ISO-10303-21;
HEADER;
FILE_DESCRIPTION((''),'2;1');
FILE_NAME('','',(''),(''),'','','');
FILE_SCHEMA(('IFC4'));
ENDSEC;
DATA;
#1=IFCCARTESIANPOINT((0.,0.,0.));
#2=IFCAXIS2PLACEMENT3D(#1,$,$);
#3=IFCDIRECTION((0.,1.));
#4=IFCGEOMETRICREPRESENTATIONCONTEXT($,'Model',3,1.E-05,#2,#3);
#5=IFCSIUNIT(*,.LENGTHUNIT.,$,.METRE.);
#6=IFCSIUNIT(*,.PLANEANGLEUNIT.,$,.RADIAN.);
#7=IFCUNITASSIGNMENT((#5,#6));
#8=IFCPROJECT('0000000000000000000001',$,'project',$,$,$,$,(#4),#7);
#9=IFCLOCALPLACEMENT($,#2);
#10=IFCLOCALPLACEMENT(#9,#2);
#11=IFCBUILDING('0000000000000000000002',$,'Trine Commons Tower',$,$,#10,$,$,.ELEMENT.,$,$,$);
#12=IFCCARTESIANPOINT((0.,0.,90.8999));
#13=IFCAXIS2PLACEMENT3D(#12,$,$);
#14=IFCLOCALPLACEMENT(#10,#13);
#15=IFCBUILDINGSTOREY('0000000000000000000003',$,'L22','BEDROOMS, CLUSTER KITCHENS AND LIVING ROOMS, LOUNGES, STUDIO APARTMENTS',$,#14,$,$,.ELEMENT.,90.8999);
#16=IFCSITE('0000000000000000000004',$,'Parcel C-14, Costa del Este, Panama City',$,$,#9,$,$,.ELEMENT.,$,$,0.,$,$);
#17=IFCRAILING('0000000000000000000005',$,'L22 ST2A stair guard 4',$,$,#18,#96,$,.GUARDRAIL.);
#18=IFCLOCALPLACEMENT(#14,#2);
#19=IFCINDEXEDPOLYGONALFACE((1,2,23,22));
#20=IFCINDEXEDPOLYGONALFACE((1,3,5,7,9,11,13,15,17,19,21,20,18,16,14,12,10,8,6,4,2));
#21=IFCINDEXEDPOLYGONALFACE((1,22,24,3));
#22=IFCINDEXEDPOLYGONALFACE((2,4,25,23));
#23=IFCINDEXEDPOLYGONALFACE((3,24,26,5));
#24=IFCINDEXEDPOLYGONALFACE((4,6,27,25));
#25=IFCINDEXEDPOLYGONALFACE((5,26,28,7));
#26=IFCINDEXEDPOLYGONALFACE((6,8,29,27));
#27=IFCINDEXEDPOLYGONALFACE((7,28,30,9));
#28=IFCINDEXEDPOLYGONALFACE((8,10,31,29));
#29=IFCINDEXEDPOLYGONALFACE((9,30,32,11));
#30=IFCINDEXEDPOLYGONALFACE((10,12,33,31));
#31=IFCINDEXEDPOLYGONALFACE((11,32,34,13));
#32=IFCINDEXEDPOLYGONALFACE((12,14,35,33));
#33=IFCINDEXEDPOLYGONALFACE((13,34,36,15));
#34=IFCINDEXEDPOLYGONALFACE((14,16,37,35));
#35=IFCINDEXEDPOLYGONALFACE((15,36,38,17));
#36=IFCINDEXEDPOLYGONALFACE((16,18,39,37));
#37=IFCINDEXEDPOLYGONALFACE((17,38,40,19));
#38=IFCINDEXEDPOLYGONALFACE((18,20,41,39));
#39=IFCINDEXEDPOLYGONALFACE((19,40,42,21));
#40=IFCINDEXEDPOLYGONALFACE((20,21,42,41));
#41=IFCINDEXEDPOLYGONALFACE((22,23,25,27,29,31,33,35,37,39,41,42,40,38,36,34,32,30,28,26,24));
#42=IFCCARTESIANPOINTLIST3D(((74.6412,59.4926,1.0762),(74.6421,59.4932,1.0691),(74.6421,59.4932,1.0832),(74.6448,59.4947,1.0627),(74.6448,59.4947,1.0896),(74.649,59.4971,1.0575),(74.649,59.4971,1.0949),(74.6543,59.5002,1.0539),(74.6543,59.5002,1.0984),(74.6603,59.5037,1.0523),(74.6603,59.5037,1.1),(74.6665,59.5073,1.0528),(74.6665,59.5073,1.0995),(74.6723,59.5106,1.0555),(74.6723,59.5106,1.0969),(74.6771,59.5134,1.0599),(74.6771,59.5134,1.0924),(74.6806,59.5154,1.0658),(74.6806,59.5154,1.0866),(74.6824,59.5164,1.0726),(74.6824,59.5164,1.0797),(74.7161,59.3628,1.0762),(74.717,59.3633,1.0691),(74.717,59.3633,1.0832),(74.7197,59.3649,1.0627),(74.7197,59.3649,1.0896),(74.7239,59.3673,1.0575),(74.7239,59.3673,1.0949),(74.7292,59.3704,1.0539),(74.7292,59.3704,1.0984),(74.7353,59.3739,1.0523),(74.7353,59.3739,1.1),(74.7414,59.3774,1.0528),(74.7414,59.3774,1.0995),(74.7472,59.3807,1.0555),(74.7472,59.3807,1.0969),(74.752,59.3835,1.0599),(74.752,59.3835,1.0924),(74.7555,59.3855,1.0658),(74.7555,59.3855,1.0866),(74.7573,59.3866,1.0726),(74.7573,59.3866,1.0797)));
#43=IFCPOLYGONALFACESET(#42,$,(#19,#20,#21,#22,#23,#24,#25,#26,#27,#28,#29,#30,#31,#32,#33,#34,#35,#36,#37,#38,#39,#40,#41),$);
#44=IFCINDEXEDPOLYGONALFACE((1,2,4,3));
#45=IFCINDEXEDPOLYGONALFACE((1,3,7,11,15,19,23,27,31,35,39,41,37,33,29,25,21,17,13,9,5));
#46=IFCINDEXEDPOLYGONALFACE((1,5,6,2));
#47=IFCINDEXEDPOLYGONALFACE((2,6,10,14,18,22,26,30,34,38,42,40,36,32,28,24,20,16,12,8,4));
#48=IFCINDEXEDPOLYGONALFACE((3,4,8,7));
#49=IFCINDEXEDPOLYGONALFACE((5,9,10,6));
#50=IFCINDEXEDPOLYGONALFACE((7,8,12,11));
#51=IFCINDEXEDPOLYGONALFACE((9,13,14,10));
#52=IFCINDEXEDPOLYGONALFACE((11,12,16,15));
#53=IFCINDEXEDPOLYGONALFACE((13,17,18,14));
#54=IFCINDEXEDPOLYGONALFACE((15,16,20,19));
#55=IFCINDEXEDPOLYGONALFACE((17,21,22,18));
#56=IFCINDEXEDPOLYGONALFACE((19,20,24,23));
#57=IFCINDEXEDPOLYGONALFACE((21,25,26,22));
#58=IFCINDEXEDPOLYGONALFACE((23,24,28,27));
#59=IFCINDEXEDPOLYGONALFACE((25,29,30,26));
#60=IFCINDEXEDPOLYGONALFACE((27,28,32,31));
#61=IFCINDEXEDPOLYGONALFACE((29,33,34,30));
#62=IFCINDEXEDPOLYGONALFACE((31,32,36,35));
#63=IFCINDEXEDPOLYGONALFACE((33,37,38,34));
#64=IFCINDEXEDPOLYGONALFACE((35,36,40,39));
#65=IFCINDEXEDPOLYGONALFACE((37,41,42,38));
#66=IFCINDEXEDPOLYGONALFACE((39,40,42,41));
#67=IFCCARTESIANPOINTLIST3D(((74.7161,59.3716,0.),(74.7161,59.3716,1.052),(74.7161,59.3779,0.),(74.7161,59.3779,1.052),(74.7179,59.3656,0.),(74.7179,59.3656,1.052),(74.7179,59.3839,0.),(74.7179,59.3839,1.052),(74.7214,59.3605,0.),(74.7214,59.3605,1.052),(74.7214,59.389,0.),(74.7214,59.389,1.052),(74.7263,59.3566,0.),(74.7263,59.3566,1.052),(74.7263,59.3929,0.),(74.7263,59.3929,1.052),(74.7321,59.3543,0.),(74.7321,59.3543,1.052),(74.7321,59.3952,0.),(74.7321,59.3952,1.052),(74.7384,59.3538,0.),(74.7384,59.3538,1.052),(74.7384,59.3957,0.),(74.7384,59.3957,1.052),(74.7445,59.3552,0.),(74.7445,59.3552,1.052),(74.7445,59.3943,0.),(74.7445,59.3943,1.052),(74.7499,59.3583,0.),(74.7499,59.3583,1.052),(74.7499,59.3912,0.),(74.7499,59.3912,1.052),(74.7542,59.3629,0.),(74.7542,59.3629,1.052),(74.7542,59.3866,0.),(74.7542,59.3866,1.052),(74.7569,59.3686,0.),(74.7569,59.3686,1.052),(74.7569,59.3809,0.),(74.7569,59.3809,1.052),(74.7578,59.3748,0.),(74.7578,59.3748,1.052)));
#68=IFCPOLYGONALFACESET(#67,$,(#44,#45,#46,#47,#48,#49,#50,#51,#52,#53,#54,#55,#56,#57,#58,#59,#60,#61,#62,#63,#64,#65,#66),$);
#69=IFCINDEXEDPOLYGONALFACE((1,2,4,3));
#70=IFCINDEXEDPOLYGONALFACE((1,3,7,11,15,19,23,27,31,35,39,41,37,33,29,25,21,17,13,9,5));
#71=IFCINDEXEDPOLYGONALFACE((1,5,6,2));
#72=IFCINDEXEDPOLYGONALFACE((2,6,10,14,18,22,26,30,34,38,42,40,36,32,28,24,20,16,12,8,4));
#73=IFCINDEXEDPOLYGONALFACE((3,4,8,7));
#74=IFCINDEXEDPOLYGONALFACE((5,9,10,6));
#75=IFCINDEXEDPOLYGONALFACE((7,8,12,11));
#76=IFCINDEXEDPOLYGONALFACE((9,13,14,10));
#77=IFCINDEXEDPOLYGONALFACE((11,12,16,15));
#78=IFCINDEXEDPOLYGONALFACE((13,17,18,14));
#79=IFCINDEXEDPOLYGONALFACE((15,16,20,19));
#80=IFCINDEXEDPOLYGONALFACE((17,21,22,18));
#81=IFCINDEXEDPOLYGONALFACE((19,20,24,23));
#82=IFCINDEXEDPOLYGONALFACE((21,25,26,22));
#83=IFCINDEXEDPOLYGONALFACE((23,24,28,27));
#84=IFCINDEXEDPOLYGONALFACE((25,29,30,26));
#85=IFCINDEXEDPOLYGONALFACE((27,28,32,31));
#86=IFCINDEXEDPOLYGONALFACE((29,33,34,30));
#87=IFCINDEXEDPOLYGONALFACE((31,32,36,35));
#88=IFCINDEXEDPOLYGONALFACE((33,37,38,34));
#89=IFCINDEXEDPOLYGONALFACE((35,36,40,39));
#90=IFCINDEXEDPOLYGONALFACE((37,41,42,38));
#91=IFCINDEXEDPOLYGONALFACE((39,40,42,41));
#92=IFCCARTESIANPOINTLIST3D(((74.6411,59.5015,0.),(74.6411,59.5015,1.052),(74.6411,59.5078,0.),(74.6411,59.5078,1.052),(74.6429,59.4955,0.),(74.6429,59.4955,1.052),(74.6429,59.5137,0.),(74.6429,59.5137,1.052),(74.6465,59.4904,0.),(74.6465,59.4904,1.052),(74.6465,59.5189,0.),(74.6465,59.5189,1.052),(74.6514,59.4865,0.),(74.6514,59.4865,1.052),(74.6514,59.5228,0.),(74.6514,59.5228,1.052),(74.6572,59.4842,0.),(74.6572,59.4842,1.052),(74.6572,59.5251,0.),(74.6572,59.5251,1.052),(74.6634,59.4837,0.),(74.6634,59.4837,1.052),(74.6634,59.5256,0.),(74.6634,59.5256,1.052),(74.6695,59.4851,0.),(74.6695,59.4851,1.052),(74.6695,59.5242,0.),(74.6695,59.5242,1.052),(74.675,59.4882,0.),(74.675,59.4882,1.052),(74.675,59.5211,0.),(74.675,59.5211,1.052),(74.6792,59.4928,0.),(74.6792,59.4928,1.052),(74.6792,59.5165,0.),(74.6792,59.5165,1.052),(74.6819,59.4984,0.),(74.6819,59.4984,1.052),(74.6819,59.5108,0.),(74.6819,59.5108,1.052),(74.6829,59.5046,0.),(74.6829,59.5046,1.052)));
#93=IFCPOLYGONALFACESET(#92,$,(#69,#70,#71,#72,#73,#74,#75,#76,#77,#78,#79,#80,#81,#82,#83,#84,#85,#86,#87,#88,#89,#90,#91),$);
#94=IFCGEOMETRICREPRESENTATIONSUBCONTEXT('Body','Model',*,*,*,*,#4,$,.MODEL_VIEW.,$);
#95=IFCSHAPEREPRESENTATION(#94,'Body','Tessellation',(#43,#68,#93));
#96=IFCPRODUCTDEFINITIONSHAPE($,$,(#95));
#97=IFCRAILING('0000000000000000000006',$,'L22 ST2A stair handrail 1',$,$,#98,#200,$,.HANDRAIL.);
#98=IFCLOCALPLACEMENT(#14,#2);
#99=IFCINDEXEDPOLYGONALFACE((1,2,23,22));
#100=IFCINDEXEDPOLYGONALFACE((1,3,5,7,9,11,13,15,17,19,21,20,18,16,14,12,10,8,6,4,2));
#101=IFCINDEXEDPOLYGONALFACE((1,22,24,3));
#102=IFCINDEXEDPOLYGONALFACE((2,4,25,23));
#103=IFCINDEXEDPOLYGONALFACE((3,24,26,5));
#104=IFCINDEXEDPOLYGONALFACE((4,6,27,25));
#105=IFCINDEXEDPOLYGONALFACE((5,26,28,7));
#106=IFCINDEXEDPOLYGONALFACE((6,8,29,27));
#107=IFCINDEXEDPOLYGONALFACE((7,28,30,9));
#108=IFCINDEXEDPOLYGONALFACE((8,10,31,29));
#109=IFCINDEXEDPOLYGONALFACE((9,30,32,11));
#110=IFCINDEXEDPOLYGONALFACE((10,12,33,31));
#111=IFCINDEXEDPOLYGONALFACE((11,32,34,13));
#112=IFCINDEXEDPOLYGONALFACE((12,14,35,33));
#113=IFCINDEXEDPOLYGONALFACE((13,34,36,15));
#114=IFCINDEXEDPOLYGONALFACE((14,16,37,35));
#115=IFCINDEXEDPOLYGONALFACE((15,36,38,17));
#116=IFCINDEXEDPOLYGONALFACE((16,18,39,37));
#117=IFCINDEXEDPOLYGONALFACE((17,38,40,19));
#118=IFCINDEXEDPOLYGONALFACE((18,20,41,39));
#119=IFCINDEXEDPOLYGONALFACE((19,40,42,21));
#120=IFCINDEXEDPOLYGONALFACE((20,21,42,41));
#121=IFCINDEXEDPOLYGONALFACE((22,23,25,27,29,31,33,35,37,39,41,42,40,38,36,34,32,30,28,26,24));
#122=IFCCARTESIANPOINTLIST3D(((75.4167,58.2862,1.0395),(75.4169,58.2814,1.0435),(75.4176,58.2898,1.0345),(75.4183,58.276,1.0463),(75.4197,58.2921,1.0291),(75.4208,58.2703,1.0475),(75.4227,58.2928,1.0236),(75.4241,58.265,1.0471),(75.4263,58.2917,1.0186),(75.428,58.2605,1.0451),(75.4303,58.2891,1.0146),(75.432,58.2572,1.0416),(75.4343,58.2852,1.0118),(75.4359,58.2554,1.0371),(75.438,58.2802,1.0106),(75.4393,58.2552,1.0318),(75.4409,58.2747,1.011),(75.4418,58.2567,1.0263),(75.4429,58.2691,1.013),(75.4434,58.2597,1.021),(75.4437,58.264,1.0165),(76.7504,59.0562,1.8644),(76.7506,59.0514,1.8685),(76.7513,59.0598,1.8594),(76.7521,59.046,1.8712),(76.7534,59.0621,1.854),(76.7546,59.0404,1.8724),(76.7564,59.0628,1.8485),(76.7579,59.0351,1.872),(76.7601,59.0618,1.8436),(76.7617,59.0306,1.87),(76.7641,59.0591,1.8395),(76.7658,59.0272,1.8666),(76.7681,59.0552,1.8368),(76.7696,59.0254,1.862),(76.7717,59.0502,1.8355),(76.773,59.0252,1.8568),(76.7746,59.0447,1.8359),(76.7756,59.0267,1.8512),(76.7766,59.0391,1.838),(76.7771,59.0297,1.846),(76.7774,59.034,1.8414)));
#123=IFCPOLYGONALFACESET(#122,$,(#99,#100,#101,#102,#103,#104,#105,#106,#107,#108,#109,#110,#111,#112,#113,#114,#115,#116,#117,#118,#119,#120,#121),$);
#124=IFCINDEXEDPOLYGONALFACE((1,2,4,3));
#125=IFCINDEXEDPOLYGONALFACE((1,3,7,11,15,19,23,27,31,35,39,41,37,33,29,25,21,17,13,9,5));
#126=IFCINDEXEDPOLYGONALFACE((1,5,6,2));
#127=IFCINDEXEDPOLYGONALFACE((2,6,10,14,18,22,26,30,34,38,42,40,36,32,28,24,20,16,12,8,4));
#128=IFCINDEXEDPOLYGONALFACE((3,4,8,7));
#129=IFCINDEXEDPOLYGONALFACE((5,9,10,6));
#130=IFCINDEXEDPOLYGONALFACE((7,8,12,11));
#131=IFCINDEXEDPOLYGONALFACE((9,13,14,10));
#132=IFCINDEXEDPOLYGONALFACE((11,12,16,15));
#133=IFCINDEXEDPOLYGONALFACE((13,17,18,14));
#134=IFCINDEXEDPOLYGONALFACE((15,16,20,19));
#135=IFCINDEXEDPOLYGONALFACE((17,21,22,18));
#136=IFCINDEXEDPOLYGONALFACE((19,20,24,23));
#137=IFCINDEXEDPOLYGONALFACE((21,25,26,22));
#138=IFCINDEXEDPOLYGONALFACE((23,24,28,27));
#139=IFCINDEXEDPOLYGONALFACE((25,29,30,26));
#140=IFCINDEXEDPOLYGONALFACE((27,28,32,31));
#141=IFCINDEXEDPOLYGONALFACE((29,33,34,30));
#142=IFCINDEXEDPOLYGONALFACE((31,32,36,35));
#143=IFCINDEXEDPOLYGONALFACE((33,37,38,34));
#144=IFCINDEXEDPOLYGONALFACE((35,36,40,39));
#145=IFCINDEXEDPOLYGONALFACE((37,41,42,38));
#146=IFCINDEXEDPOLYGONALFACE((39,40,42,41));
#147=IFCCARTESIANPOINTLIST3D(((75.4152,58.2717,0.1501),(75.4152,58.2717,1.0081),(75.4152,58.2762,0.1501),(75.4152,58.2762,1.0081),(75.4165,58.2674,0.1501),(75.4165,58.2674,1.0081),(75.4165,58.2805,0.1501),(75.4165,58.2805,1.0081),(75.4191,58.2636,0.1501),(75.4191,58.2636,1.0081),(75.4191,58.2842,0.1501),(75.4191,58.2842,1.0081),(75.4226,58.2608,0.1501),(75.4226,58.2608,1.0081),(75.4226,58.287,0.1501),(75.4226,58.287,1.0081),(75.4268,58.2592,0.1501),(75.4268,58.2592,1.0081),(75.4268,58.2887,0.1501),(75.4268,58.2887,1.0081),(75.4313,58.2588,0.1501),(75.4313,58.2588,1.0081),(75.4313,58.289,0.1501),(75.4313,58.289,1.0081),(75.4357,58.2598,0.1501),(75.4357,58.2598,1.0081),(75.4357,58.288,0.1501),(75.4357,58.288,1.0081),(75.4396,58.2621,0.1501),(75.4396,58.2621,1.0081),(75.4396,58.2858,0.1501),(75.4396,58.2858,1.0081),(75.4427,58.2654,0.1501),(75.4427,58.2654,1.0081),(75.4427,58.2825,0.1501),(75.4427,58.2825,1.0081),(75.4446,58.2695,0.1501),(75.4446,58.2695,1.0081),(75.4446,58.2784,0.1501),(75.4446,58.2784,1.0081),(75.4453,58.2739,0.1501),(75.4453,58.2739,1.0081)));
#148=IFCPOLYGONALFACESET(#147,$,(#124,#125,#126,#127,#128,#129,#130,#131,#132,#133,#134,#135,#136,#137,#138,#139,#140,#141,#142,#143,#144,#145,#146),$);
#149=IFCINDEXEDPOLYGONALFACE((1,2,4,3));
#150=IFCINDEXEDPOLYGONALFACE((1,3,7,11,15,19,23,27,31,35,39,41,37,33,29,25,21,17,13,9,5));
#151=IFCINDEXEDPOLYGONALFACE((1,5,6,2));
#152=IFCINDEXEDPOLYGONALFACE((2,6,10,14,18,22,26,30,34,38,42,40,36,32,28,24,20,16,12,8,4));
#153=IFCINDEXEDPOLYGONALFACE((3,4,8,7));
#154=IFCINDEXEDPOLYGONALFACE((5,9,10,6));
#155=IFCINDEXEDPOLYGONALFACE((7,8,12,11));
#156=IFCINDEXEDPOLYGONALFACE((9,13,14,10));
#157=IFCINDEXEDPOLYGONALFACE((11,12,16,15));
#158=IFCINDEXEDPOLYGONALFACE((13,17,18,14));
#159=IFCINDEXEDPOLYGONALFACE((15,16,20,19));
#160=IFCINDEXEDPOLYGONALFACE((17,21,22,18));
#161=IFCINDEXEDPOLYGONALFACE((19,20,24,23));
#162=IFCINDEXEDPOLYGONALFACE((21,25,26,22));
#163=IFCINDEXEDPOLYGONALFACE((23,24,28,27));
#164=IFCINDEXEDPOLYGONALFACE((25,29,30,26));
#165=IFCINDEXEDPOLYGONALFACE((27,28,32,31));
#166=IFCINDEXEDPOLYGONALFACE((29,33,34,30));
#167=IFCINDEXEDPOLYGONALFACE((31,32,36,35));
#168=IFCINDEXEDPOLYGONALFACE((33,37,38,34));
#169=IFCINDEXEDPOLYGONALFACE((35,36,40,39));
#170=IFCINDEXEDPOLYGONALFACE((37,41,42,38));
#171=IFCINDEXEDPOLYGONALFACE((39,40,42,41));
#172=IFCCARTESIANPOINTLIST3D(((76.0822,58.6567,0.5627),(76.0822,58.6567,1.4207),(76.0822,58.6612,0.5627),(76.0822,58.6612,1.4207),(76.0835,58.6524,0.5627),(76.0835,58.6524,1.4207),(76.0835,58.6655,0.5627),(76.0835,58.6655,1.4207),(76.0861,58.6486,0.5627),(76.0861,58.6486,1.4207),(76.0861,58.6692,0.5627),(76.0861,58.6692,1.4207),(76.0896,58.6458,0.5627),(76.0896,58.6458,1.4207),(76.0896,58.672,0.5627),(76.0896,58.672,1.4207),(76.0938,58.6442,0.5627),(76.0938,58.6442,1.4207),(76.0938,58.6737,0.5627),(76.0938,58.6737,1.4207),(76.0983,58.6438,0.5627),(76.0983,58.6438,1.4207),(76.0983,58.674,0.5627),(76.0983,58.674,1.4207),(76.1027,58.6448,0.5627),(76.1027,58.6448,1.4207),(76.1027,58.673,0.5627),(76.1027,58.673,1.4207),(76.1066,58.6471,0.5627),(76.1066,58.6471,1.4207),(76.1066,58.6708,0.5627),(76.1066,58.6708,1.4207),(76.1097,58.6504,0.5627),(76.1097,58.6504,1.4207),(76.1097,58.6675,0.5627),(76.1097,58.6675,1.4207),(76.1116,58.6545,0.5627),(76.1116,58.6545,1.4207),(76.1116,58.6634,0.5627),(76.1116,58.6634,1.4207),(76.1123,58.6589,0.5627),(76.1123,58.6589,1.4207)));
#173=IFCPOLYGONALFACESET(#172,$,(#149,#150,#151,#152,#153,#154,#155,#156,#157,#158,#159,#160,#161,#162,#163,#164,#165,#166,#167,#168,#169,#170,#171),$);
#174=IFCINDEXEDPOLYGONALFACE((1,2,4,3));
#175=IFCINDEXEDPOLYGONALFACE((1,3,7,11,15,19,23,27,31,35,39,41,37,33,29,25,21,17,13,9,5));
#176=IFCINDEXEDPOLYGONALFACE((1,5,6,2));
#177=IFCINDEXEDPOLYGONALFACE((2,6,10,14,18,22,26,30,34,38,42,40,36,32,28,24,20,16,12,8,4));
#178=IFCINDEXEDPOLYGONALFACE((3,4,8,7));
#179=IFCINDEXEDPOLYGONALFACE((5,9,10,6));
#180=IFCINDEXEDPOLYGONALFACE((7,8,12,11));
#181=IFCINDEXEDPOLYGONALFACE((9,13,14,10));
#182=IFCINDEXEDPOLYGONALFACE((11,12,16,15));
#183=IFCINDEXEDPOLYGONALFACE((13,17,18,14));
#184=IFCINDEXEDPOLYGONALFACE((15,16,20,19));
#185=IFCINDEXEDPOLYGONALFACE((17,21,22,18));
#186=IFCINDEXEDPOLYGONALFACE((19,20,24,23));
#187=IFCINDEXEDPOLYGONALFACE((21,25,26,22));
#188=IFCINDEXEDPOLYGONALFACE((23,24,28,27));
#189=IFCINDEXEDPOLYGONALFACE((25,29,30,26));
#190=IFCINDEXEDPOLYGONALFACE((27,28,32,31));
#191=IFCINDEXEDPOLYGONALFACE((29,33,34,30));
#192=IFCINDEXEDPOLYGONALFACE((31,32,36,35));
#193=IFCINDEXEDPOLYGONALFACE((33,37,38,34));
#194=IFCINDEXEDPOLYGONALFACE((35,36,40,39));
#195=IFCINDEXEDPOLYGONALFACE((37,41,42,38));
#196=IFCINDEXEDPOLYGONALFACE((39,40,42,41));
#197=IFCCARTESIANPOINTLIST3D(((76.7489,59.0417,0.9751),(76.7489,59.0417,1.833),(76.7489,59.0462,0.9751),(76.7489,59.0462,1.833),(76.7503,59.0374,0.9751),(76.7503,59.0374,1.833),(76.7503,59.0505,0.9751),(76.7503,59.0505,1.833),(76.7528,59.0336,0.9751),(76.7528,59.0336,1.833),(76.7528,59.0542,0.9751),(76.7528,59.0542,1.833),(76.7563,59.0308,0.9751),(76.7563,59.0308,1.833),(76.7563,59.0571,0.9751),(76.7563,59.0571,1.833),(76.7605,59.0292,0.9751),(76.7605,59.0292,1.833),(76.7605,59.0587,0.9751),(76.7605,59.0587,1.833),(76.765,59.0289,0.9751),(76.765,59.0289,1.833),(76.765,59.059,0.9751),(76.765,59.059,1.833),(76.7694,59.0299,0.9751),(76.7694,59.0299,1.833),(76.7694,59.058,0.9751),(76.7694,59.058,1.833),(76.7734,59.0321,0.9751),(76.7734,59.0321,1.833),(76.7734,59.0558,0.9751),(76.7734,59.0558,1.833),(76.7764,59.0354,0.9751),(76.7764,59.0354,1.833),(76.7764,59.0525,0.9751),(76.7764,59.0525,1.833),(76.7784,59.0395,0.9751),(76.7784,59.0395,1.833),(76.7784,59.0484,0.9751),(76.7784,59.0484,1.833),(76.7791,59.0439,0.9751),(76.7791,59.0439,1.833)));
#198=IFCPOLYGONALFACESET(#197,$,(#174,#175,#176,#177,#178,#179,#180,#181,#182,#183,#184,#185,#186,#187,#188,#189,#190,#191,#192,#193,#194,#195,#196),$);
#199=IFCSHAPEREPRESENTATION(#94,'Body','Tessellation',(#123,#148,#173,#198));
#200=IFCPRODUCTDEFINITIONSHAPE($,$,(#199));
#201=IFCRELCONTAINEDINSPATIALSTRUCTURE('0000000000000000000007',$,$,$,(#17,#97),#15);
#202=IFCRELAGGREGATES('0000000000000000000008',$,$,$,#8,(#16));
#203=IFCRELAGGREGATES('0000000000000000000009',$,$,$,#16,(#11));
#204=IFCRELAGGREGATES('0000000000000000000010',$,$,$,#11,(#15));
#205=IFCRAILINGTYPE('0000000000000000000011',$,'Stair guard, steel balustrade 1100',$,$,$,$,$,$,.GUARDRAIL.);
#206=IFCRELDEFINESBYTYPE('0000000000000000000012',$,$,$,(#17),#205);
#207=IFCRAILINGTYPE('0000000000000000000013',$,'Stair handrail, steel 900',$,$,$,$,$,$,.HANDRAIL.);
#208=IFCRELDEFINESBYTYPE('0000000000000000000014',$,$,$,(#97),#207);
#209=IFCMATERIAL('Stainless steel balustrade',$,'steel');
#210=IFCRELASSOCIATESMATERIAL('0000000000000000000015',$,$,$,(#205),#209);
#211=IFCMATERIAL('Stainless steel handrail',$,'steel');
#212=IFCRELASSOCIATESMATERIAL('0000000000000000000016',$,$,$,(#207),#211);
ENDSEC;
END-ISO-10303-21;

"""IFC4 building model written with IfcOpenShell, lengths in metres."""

from ifc_helpers import new_model, si_unit, direction, frame, origin, origin_2d, place, context, subcontext, project, spatial, circle, extrude, material, type_object, element, save


model = new_model("IFC4")

# Units and contexts
model_context = context("Model", 3, precision=1e-05, world=origin(), true_north=direction((0.0, 1.0)))
body_context = subcontext(model_context, "Body", "Model", "MODEL_VIEW")
ifc_project = project(units=[si_unit("LENGTHUNIT", "METRE"), si_unit("PLANEANGLEUNIT", "RADIAN")], contexts=[model_context])

# Site, building, storey
site_placement = place(None, origin())
site = spatial("IfcSite", under=ifc_project, at=site_placement, Name="Parcel C-14, Costa del Este, Panama City", CompositionType="ELEMENT", RefElevation=0.0)
building_placement = place(site_placement, origin())
building = spatial("IfcBuilding", under=site, at=building_placement, Name="Trine Commons Tower", CompositionType="ELEMENT")
storey_placement = place(building_placement, frame((0.0, 0.0, 90.8999)))
storey = spatial("IfcBuildingStorey", under=building, at=storey_placement, Name="L22", Description="BEDROOMS, CLUSTER KITCHENS AND LIVING ROOMS, LOUNGES, STUDIO APARTMENTS", CompositionType="ELEMENT", Elevation=90.8999)

# Railings
ifc_material_1 = material(Name="Stainless steel balustrade", Category="steel")
railing_type_1 = type_object("IfcRailingType", Name="Stair guard, steel balustrade 1100", PredefinedType="GUARDRAIL", material=ifc_material_1)
railing_1_placement = place(storey_placement, frame((74.7368, 59.3748, 0.0)))
element("IfcRailing", 1, at=railing_1_placement, inside=storey, type_object=railing_type_1, Name="L22 ST2A stair guard 4", PredefinedType="GUARDRAIL", context=body_context, shape_type="SweptSolid", body=[
    extrude(circle(Radius=0.0239, at=origin_2d()), frame((0.0, 0.0, 1.0762), z_axis=(-0.499816, 0.866131, 0.0), x_axis=(-0.866131, -0.499816, 0.0)), (0.0, 0.0, 1.0), 0.1499),
    extrude(circle(Radius=0.021, at=origin_2d()), origin(), (0.0, 0.0, 1.0), 1.052),
    extrude(circle(Radius=0.021, at=origin_2d()), frame((-0.075, 0.1299, 0.0)), (0.0, 0.0, 1.0), 1.052),
])
ifc_material_2 = material(Name="Stainless steel handrail", Category="steel")
railing_type_2 = type_object("IfcRailingType", Name="Stair handrail, steel 900", PredefinedType="HANDRAIL", material=ifc_material_2)
for number, where, name in (
    (2, (75.4302, 58.2739, 0.1501), "L22 ST2A stair handrail 1"),
):
    element("IfcRailing", number, at=place(storey_placement, frame(where)), inside=storey, type_object=railing_type_2, Name=name, PredefinedType="HANDRAIL", context=body_context, shape_type="SweptSolid", body=[
        extrude(circle(Radius=0.021, at=origin_2d()), frame((0.0, 0.0, 0.8789), z_axis=(0.763405, 0.440743, 0.472185), x_axis=(-0.499992, 0.86603, 0.0)), (0.0, 0.0, 1.0), 1.7471),
        extrude(circle(Radius=0.0151, at=origin_2d()), origin(), (0.0, 0.0, 1.0), 0.8579),
        extrude(circle(Radius=0.0151, at=origin_2d()), frame((0.667, 0.385, 0.4126)), (0.0, 0.0, 1.0), 0.8579),
        extrude(circle(Radius=0.0151, at=origin_2d()), frame((1.3337, 0.77, 0.825)), (0.0, 0.0, 1.0), 0.8579),
    ])

save(model, "model.ifc")
